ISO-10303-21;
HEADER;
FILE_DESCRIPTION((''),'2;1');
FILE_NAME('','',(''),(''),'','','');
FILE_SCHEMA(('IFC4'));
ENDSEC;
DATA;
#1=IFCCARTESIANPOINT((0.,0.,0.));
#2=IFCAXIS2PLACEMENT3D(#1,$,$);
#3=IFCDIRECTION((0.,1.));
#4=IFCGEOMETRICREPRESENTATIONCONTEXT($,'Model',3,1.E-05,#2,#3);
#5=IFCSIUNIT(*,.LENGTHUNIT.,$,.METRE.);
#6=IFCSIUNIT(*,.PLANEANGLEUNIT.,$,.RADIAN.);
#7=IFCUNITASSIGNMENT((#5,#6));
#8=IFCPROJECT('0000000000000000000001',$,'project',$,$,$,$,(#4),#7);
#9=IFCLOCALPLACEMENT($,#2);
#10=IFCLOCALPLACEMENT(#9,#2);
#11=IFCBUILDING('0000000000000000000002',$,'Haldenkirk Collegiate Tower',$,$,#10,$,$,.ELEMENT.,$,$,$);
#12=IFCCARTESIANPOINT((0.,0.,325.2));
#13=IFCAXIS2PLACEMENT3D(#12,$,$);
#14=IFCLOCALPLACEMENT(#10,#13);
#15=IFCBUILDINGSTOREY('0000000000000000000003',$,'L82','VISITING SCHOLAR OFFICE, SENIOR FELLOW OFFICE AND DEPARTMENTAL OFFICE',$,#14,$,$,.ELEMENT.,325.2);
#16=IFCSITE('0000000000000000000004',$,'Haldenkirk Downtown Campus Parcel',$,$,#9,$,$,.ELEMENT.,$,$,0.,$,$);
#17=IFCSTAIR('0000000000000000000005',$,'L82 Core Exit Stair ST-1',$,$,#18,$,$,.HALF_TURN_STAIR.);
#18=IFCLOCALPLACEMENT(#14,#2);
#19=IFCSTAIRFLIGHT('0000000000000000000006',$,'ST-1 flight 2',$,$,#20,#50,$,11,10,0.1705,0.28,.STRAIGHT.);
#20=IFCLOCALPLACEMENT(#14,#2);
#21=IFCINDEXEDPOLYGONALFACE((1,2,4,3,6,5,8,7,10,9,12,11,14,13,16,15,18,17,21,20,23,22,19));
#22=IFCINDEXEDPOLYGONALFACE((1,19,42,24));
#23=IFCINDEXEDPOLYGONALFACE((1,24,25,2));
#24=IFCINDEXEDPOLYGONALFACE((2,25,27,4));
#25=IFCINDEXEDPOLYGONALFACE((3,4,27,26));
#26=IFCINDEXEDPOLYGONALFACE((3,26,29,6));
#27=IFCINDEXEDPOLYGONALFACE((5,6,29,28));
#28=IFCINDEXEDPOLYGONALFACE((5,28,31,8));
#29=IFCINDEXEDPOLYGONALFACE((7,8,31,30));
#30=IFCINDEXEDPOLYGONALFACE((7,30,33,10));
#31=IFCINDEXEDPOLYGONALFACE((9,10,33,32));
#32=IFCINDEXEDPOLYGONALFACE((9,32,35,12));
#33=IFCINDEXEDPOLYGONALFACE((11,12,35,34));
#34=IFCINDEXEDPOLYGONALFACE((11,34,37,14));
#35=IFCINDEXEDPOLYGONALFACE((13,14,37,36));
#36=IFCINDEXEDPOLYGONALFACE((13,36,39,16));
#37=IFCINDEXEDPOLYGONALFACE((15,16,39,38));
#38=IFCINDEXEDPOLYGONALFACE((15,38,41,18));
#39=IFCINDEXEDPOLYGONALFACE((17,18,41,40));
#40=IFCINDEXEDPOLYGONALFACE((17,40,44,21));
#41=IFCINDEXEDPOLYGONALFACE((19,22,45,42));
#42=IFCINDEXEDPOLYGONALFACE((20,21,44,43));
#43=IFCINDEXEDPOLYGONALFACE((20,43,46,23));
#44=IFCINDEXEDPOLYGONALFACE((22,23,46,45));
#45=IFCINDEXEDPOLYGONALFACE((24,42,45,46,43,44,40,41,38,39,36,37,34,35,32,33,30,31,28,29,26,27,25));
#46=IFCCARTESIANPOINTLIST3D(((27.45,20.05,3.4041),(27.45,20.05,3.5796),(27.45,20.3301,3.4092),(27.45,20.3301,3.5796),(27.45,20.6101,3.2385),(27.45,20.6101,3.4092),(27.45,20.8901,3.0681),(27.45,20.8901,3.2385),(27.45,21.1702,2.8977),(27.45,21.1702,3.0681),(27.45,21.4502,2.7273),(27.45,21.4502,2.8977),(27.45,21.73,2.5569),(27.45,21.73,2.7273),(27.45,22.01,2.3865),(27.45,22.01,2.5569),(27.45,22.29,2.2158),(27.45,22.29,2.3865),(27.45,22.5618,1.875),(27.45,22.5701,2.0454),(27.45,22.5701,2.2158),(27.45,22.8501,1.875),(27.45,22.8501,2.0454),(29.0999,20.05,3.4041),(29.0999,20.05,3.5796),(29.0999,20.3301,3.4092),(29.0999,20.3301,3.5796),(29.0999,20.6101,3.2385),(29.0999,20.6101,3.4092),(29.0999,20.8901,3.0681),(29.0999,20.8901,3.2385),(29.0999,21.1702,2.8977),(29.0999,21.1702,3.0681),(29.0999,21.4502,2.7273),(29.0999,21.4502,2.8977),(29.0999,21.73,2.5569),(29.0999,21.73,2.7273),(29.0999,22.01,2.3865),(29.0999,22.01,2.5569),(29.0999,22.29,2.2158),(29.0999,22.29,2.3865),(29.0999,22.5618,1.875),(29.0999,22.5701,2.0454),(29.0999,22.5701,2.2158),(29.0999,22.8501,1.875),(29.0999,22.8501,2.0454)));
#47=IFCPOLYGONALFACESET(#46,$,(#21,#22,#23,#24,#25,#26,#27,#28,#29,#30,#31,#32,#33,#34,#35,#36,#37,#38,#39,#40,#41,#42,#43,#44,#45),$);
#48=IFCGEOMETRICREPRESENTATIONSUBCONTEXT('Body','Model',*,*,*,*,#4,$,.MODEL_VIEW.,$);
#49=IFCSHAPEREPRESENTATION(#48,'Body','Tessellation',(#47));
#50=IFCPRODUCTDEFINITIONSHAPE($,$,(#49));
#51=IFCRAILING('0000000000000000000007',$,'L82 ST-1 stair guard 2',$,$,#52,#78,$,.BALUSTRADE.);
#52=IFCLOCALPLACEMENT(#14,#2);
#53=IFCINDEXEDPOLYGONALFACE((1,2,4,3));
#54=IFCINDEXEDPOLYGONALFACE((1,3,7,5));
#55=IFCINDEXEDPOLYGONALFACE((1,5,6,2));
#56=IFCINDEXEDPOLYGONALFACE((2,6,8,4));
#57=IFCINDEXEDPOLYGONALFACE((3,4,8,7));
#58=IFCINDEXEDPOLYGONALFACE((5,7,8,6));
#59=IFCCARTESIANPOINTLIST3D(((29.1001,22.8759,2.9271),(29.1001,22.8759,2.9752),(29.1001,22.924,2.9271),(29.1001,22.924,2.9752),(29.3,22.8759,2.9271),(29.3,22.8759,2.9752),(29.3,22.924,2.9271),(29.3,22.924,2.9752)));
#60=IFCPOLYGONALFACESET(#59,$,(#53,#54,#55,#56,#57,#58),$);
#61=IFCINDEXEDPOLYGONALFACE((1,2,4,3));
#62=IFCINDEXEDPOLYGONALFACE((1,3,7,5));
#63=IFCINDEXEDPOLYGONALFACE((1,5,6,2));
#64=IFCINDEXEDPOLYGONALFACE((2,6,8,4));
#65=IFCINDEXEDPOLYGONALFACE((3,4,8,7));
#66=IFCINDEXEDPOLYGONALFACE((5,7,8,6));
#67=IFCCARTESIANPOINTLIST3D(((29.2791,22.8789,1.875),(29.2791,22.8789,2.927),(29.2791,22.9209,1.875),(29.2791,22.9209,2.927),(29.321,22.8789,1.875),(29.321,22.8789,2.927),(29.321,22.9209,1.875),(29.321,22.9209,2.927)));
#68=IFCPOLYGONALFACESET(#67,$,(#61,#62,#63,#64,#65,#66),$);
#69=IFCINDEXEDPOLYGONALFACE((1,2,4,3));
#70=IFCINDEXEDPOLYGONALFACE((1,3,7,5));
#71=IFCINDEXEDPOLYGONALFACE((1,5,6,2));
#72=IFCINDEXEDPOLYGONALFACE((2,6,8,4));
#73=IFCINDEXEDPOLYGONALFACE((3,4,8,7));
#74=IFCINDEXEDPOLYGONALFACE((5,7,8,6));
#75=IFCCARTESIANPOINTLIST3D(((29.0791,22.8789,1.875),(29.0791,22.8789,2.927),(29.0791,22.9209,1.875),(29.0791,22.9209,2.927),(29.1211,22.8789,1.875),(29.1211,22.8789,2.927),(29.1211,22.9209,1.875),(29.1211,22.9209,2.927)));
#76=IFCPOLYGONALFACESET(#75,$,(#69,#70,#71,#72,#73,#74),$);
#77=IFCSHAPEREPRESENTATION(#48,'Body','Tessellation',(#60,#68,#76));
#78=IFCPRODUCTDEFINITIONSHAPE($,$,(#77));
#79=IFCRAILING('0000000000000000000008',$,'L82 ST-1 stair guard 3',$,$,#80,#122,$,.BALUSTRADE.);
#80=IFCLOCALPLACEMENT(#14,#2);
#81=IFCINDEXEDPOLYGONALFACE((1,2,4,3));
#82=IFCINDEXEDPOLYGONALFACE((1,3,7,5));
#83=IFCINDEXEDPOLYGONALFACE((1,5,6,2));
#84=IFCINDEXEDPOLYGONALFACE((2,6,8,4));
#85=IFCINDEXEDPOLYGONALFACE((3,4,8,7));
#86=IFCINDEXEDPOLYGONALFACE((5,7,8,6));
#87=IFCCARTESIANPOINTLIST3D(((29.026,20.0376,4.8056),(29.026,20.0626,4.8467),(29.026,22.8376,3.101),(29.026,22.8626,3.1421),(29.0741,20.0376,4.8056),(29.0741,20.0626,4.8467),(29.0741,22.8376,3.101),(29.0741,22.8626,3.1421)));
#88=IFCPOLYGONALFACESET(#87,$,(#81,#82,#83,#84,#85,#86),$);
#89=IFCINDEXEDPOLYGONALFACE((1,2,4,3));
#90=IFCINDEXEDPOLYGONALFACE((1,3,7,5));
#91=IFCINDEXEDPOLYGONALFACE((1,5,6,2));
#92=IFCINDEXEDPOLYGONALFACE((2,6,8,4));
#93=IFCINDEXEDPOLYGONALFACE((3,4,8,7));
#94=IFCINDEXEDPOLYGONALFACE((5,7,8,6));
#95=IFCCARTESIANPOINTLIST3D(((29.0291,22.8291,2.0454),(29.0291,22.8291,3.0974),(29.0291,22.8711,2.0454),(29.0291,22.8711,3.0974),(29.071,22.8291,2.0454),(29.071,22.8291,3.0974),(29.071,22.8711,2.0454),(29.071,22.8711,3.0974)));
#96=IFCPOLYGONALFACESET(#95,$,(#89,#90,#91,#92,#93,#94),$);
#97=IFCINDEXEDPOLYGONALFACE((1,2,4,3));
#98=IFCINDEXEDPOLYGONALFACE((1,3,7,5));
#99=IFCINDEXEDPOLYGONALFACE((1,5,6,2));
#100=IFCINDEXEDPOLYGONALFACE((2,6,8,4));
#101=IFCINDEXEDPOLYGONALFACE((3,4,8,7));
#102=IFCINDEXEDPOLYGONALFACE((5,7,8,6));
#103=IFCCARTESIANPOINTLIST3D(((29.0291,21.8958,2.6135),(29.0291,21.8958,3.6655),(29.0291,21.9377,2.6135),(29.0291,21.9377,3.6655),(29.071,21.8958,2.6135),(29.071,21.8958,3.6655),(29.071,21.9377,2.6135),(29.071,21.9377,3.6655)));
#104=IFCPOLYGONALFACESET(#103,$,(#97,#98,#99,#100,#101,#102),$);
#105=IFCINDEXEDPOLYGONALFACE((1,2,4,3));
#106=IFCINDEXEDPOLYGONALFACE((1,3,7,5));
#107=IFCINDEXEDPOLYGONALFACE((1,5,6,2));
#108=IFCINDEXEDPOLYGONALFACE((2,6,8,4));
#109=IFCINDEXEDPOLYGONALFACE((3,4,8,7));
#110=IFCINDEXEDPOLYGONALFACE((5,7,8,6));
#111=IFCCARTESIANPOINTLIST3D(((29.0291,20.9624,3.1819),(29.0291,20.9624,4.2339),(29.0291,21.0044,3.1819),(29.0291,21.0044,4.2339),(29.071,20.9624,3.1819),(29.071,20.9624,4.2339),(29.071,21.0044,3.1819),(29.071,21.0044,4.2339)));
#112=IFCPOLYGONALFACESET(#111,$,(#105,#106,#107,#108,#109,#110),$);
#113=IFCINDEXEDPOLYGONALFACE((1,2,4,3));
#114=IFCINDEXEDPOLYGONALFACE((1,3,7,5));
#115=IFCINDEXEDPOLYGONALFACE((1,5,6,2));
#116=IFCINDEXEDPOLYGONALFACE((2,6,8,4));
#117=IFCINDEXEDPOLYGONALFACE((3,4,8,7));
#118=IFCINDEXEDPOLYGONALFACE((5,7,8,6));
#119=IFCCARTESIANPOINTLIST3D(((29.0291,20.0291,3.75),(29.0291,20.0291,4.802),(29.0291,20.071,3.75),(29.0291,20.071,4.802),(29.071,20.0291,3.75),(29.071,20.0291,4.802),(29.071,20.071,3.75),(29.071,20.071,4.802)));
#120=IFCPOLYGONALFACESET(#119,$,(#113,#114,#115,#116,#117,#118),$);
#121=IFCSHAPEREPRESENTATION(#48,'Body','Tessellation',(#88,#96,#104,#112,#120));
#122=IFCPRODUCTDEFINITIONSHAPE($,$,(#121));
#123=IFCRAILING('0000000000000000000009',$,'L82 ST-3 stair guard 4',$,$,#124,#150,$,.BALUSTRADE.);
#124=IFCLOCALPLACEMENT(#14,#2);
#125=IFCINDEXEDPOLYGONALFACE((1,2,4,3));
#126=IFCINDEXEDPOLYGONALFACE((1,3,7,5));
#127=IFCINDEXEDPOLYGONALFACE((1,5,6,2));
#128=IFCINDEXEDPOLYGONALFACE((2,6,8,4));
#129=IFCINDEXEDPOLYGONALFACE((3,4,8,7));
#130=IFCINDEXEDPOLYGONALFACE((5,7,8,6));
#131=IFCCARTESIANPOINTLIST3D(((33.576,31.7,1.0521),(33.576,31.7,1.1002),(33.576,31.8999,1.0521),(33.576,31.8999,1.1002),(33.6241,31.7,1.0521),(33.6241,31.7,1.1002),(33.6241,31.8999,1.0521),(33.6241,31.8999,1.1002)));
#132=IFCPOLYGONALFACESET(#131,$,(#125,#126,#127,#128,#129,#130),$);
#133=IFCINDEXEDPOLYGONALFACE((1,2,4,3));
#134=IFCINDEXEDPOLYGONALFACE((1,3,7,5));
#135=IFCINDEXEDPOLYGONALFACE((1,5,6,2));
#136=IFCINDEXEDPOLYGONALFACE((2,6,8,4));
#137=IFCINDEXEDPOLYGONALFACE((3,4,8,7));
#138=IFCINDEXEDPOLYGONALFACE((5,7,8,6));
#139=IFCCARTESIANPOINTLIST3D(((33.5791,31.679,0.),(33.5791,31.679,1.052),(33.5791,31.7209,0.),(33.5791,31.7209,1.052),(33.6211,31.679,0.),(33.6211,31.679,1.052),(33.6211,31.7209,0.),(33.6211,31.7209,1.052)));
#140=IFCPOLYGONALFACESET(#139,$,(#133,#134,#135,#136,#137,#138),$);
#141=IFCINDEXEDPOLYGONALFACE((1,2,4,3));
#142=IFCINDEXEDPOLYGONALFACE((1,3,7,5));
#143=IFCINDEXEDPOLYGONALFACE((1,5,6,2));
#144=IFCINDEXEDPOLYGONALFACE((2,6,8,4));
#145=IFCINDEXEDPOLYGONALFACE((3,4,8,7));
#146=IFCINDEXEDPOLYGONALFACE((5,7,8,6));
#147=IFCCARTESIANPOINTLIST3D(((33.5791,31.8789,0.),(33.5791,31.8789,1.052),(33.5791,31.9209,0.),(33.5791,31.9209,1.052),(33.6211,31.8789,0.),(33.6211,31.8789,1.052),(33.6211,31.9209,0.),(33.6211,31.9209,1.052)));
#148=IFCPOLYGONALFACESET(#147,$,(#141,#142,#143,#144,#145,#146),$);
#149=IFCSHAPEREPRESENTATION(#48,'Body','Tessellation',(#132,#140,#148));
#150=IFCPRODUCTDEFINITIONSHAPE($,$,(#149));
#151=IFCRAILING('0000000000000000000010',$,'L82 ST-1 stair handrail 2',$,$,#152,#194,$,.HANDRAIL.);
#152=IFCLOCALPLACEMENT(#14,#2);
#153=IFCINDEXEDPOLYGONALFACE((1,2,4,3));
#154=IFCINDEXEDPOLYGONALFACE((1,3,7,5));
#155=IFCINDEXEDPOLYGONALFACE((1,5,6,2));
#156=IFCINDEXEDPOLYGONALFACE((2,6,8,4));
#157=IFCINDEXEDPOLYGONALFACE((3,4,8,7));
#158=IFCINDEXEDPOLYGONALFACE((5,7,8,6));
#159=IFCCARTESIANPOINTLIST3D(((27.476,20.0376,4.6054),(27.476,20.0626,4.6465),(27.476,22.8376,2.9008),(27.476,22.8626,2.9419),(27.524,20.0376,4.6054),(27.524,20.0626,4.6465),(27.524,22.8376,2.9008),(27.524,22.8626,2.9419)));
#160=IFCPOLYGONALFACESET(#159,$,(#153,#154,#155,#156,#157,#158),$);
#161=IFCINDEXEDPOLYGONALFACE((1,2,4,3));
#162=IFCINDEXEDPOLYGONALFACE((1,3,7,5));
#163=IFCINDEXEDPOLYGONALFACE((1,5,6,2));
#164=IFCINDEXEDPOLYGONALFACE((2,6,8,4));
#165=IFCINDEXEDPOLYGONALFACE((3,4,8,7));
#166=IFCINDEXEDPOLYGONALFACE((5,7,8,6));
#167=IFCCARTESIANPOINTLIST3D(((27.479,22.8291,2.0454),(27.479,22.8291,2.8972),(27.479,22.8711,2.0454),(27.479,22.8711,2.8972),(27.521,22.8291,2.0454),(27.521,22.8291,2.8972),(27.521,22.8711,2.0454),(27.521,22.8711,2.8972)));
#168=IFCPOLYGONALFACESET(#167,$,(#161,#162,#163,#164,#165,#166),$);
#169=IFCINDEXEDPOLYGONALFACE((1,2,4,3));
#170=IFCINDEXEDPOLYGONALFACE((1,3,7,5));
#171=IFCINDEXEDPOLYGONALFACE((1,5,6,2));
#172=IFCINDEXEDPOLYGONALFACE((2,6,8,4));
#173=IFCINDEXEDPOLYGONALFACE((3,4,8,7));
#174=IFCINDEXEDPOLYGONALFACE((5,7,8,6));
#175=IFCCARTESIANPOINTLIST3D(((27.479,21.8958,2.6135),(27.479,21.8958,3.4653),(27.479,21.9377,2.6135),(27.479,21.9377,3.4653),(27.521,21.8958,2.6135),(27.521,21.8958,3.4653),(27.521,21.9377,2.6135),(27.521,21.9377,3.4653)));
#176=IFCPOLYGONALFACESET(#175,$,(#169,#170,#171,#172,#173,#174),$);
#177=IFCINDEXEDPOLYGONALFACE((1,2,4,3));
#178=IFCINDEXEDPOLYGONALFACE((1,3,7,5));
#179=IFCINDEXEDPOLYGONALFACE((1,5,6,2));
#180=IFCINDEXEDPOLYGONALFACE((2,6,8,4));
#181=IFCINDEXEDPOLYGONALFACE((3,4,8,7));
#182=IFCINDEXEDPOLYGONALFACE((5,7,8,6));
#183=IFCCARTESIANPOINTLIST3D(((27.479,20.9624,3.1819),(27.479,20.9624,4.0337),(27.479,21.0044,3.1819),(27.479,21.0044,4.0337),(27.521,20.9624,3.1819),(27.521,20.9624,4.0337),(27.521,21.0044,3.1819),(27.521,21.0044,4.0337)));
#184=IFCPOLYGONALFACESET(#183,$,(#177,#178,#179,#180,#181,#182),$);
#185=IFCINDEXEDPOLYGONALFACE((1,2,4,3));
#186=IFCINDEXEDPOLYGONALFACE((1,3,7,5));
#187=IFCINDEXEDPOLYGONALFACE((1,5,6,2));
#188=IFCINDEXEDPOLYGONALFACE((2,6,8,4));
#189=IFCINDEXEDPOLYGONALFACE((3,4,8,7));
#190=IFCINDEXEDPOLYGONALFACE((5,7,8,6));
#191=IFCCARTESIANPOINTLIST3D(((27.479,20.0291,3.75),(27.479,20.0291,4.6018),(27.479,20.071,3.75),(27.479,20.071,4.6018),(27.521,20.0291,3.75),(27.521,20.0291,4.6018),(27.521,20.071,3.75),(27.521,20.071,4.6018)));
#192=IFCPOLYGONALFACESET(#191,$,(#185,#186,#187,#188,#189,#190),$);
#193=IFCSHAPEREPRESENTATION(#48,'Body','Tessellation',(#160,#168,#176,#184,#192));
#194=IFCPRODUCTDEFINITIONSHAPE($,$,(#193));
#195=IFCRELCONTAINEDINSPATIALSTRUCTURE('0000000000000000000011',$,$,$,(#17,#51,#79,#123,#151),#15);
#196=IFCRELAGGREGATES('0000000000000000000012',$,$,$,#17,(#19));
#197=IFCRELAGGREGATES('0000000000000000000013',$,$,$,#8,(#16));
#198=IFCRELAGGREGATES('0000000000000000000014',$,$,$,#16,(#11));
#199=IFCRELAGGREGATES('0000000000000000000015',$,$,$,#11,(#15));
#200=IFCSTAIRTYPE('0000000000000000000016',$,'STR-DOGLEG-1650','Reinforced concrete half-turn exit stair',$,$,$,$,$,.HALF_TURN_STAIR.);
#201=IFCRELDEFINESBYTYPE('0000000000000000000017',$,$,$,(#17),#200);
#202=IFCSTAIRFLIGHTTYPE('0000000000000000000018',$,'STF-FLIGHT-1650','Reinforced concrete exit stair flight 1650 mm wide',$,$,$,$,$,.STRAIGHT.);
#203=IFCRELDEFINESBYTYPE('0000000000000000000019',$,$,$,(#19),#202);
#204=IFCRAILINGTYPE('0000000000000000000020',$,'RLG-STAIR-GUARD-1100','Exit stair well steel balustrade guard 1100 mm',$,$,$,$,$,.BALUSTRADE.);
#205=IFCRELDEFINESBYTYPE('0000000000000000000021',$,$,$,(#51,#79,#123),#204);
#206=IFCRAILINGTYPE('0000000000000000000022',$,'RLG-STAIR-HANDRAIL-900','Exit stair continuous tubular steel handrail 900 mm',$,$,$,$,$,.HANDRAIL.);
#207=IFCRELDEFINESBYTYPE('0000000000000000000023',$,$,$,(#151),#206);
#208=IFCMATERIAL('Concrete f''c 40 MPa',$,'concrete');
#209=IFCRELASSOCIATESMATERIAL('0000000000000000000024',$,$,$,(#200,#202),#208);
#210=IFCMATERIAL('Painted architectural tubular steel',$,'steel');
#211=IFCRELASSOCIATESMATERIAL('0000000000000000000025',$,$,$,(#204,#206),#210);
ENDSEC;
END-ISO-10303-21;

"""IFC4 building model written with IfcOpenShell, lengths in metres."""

from ifc_helpers import new_model, si_unit, direction, frame, origin, origin_2d, place, context, subcontext, project, spatial, polyline, rectangle, outline, extrude, material, type_object, element, aggregate, save


model = new_model("IFC4")

# Units and contexts
model_context = context("Model", 3, precision=1e-05, world=origin(), true_north=direction((0.0, 1.0)))
body_context = subcontext(model_context, "Body", "Model", "MODEL_VIEW")
ifc_project = project(units=[si_unit("LENGTHUNIT", "METRE"), si_unit("PLANEANGLEUNIT", "RADIAN")], contexts=[model_context])

# Site, building, storey
site_placement = place(None, origin())
site = spatial("IfcSite", under=ifc_project, at=site_placement, Name="Haldenkirk Downtown Campus Parcel", CompositionType="ELEMENT", RefElevation=0.0)
building_placement = place(site_placement, origin())
building = spatial("IfcBuilding", under=site, at=building_placement, Name="Haldenkirk Collegiate Tower", CompositionType="ELEMENT")
storey_placement = place(building_placement, frame((0.0, 0.0, 325.2)))
storey = spatial("IfcBuildingStorey", under=building, at=storey_placement, Name="L82", Description="VISITING SCHOLAR OFFICE, SENIOR FELLOW OFFICE AND DEPARTMENTAL OFFICE", CompositionType="ELEMENT", Elevation=325.2)

# Stair, stair flight
ifc_material_1 = material(Name="Concrete f'c 40 MPa", Category="concrete")
stair_type = type_object("IfcStairType", Name="STR-DOGLEG-1650", Description="Reinforced concrete half-turn exit stair", PredefinedType="HALF_TURN_STAIR", material=ifc_material_1)
stair_placement = place(storey_placement, origin())
stair = element("IfcStair", 1, at=stair_placement, inside=storey, type_object=stair_type, Name="L82 Core Exit Stair ST-1", PredefinedType="HALF_TURN_STAIR")
stair_flight_type = type_object("IfcStairFlightType", Name="STF-FLIGHT-1650", Description="Reinforced concrete exit stair flight 1650 mm wide", PredefinedType="STRAIGHT", material=ifc_material_1)
stair_flight_placement = place(storey_placement, frame((28.2749, 22.8501, 1.875), z_axis=(0.0, 0.0, 1.0), x_axis=(0.0, -1.0, 0.0)))
stair_flight = element("IfcStairFlight", 2, at=stair_flight_placement, type_object=stair_flight_type, Name="ST-1 flight 2", NumberOfRisers=11, NumberOfTreads=10, PredefinedType="STRAIGHT", RiserHeight=0.1705, TreadLength=0.28, context=body_context, shape_type="SweptSolid", body=[
    extrude(outline(polyline([(0.0, 0.0), (0.0, 0.1704), (0.28, 0.1704), (0.28, 0.3408), (0.5601, 0.3408), (0.5601, 0.5115), (0.8401, 0.5115), (0.8401, 0.6819), (1.1201, 0.6819), (1.1201, 0.8523), (1.3999, 0.8523), (1.3999, 1.0227), (1.6799, 1.0227), (1.6799, 1.1931), (1.96, 1.1931), (1.96, 1.3635), (2.24, 1.3635), (2.24, 1.5342), (2.52, 1.5342), (2.52, 1.7046), (2.8, 1.7046), (2.8, 1.875), (2.8, 1.5291), (0.2883, 0.0), (0.0, 0.0)])), frame((0.0, 0.825, 0.0), z_axis=(0.0, -1.0, 0.0), x_axis=(1.0, 0.0, 0.0)), (0.0, 0.0, 1.0), 1.6499),
])
aggregate(stair, [stair_flight])

# Railings
ifc_material_2 = material(Name="Painted architectural tubular steel", Category="steel")
railing_type_1 = type_object("IfcRailingType", Name="RLG-STAIR-GUARD-1100", Description="Exit stair well steel balustrade guard 1100 mm", PredefinedType="BALUSTRADE", material=ifc_material_2)
railing_1_placement = place(storey_placement, frame((29.3, 22.8999, 1.875)))
element("IfcRailing", 3, at=railing_1_placement, inside=storey, type_object=railing_type_1, Name="L82 ST-1 stair guard 2", PredefinedType="BALUSTRADE", context=body_context, shape_type="SweptSolid", body=[
    extrude(rectangle(XDim=0.0481, YDim=0.0481, at=origin_2d()), frame((0.0, 0.0, 1.0762), z_axis=(-1.0, 0.0, 0.0), x_axis=(0.0, -1.0, 0.0)), (0.0, 0.0, 1.0), 0.2),
    extrude(rectangle(XDim=0.042, YDim=0.042, at=origin_2d()), origin(), (0.0, 0.0, 1.0), 1.052),
    extrude(rectangle(XDim=0.042, YDim=0.042, at=origin_2d()), frame((-0.2, 0.0, 0.0)), (0.0, 0.0, 1.0), 1.052),
])
railing_2_placement = place(storey_placement, frame((29.05, 22.8501, 2.0454)))
element("IfcRailing", 4, at=railing_2_placement, inside=storey, type_object=railing_type_1, Name="L82 ST-1 stair guard 3", PredefinedType="BALUSTRADE", context=body_context, shape_type="SweptSolid", body=[
    extrude(rectangle(XDim=0.0481, YDim=0.0481, at=origin_2d()), frame((0.0, 0.0, 1.0762), z_axis=(0.0, -0.85417, 0.519994), x_axis=(1.0, 0.0, 0.0)), (0.0, 0.0, 1.0), 3.2781),
    extrude(rectangle(XDim=0.042, YDim=0.042, at=origin_2d()), origin(), (0.0, 0.0, 1.0), 1.052),
    extrude(rectangle(XDim=0.042, YDim=0.042, at=origin_2d()), frame((0.0, -0.9333, 0.5681)), (0.0, 0.0, 1.0), 1.052),
    extrude(rectangle(XDim=0.042, YDim=0.042, at=origin_2d()), frame((0.0, -1.8667, 1.1365)), (0.0, 0.0, 1.0), 1.052),
    extrude(rectangle(XDim=0.042, YDim=0.042, at=origin_2d()), frame((0.0, -2.8, 1.7046)), (0.0, 0.0, 1.0), 1.052),
])
railing_3_placement = place(storey_placement, frame((33.6001, 31.7, 0.0)))
element("IfcRailing", 5, at=railing_3_placement, inside=storey, type_object=railing_type_1, Name="L82 ST-3 stair guard 4", PredefinedType="BALUSTRADE", context=body_context, shape_type="SweptSolid", body=[
    extrude(rectangle(XDim=0.0481, YDim=0.0481, at=origin_2d()), frame((0.0, 0.0, 1.0762), z_axis=(0.0, 1.0, 0.0), x_axis=(-1.0, 0.0, 0.0)), (0.0, 0.0, 1.0), 0.2),
    extrude(rectangle(XDim=0.042, YDim=0.042, at=origin_2d()), origin(), (0.0, 0.0, 1.0), 1.052),
    extrude(rectangle(XDim=0.042, YDim=0.042, at=origin_2d()), frame((0.0, 0.2, 0.0)), (0.0, 0.0, 1.0), 1.052),
])
railing_type_2 = type_object("IfcRailingType", Name="RLG-STAIR-HANDRAIL-900", Description="Exit stair continuous tubular steel handrail 900 mm", PredefinedType="HANDRAIL", material=ifc_material_2)
railing_4_placement = place(storey_placement, frame((27.5, 22.8501, 2.0454)))
element("IfcRailing", 6, at=railing_4_placement, inside=storey, type_object=railing_type_2, Name="L82 ST-1 stair handrail 2", PredefinedType="HANDRAIL", context=body_context, shape_type="SweptSolid", body=[
    extrude(rectangle(XDim=0.0481, YDim=0.0481, at=origin_2d()), frame((0.0, 0.0, 0.876), z_axis=(0.0, -0.85417, 0.519994), x_axis=(1.0, 0.0, 0.0)), (0.0, 0.0, 1.0), 3.2781),
    extrude(rectangle(XDim=0.042, YDim=0.042, at=origin_2d()), origin(), (0.0, 0.0, 1.0), 0.8518),
    extrude(rectangle(XDim=0.042, YDim=0.042, at=origin_2d()), frame((0.0, -0.9333, 0.5681)), (0.0, 0.0, 1.0), 0.8518),
    extrude(rectangle(XDim=0.042, YDim=0.042, at=origin_2d()), frame((0.0, -1.8667, 1.1365)), (0.0, 0.0, 1.0), 0.8518),
    extrude(rectangle(XDim=0.042, YDim=0.042, at=origin_2d()), frame((0.0, -2.8, 1.7046)), (0.0, 0.0, 1.0), 0.8518),
])

save(model, "model.ifc")
